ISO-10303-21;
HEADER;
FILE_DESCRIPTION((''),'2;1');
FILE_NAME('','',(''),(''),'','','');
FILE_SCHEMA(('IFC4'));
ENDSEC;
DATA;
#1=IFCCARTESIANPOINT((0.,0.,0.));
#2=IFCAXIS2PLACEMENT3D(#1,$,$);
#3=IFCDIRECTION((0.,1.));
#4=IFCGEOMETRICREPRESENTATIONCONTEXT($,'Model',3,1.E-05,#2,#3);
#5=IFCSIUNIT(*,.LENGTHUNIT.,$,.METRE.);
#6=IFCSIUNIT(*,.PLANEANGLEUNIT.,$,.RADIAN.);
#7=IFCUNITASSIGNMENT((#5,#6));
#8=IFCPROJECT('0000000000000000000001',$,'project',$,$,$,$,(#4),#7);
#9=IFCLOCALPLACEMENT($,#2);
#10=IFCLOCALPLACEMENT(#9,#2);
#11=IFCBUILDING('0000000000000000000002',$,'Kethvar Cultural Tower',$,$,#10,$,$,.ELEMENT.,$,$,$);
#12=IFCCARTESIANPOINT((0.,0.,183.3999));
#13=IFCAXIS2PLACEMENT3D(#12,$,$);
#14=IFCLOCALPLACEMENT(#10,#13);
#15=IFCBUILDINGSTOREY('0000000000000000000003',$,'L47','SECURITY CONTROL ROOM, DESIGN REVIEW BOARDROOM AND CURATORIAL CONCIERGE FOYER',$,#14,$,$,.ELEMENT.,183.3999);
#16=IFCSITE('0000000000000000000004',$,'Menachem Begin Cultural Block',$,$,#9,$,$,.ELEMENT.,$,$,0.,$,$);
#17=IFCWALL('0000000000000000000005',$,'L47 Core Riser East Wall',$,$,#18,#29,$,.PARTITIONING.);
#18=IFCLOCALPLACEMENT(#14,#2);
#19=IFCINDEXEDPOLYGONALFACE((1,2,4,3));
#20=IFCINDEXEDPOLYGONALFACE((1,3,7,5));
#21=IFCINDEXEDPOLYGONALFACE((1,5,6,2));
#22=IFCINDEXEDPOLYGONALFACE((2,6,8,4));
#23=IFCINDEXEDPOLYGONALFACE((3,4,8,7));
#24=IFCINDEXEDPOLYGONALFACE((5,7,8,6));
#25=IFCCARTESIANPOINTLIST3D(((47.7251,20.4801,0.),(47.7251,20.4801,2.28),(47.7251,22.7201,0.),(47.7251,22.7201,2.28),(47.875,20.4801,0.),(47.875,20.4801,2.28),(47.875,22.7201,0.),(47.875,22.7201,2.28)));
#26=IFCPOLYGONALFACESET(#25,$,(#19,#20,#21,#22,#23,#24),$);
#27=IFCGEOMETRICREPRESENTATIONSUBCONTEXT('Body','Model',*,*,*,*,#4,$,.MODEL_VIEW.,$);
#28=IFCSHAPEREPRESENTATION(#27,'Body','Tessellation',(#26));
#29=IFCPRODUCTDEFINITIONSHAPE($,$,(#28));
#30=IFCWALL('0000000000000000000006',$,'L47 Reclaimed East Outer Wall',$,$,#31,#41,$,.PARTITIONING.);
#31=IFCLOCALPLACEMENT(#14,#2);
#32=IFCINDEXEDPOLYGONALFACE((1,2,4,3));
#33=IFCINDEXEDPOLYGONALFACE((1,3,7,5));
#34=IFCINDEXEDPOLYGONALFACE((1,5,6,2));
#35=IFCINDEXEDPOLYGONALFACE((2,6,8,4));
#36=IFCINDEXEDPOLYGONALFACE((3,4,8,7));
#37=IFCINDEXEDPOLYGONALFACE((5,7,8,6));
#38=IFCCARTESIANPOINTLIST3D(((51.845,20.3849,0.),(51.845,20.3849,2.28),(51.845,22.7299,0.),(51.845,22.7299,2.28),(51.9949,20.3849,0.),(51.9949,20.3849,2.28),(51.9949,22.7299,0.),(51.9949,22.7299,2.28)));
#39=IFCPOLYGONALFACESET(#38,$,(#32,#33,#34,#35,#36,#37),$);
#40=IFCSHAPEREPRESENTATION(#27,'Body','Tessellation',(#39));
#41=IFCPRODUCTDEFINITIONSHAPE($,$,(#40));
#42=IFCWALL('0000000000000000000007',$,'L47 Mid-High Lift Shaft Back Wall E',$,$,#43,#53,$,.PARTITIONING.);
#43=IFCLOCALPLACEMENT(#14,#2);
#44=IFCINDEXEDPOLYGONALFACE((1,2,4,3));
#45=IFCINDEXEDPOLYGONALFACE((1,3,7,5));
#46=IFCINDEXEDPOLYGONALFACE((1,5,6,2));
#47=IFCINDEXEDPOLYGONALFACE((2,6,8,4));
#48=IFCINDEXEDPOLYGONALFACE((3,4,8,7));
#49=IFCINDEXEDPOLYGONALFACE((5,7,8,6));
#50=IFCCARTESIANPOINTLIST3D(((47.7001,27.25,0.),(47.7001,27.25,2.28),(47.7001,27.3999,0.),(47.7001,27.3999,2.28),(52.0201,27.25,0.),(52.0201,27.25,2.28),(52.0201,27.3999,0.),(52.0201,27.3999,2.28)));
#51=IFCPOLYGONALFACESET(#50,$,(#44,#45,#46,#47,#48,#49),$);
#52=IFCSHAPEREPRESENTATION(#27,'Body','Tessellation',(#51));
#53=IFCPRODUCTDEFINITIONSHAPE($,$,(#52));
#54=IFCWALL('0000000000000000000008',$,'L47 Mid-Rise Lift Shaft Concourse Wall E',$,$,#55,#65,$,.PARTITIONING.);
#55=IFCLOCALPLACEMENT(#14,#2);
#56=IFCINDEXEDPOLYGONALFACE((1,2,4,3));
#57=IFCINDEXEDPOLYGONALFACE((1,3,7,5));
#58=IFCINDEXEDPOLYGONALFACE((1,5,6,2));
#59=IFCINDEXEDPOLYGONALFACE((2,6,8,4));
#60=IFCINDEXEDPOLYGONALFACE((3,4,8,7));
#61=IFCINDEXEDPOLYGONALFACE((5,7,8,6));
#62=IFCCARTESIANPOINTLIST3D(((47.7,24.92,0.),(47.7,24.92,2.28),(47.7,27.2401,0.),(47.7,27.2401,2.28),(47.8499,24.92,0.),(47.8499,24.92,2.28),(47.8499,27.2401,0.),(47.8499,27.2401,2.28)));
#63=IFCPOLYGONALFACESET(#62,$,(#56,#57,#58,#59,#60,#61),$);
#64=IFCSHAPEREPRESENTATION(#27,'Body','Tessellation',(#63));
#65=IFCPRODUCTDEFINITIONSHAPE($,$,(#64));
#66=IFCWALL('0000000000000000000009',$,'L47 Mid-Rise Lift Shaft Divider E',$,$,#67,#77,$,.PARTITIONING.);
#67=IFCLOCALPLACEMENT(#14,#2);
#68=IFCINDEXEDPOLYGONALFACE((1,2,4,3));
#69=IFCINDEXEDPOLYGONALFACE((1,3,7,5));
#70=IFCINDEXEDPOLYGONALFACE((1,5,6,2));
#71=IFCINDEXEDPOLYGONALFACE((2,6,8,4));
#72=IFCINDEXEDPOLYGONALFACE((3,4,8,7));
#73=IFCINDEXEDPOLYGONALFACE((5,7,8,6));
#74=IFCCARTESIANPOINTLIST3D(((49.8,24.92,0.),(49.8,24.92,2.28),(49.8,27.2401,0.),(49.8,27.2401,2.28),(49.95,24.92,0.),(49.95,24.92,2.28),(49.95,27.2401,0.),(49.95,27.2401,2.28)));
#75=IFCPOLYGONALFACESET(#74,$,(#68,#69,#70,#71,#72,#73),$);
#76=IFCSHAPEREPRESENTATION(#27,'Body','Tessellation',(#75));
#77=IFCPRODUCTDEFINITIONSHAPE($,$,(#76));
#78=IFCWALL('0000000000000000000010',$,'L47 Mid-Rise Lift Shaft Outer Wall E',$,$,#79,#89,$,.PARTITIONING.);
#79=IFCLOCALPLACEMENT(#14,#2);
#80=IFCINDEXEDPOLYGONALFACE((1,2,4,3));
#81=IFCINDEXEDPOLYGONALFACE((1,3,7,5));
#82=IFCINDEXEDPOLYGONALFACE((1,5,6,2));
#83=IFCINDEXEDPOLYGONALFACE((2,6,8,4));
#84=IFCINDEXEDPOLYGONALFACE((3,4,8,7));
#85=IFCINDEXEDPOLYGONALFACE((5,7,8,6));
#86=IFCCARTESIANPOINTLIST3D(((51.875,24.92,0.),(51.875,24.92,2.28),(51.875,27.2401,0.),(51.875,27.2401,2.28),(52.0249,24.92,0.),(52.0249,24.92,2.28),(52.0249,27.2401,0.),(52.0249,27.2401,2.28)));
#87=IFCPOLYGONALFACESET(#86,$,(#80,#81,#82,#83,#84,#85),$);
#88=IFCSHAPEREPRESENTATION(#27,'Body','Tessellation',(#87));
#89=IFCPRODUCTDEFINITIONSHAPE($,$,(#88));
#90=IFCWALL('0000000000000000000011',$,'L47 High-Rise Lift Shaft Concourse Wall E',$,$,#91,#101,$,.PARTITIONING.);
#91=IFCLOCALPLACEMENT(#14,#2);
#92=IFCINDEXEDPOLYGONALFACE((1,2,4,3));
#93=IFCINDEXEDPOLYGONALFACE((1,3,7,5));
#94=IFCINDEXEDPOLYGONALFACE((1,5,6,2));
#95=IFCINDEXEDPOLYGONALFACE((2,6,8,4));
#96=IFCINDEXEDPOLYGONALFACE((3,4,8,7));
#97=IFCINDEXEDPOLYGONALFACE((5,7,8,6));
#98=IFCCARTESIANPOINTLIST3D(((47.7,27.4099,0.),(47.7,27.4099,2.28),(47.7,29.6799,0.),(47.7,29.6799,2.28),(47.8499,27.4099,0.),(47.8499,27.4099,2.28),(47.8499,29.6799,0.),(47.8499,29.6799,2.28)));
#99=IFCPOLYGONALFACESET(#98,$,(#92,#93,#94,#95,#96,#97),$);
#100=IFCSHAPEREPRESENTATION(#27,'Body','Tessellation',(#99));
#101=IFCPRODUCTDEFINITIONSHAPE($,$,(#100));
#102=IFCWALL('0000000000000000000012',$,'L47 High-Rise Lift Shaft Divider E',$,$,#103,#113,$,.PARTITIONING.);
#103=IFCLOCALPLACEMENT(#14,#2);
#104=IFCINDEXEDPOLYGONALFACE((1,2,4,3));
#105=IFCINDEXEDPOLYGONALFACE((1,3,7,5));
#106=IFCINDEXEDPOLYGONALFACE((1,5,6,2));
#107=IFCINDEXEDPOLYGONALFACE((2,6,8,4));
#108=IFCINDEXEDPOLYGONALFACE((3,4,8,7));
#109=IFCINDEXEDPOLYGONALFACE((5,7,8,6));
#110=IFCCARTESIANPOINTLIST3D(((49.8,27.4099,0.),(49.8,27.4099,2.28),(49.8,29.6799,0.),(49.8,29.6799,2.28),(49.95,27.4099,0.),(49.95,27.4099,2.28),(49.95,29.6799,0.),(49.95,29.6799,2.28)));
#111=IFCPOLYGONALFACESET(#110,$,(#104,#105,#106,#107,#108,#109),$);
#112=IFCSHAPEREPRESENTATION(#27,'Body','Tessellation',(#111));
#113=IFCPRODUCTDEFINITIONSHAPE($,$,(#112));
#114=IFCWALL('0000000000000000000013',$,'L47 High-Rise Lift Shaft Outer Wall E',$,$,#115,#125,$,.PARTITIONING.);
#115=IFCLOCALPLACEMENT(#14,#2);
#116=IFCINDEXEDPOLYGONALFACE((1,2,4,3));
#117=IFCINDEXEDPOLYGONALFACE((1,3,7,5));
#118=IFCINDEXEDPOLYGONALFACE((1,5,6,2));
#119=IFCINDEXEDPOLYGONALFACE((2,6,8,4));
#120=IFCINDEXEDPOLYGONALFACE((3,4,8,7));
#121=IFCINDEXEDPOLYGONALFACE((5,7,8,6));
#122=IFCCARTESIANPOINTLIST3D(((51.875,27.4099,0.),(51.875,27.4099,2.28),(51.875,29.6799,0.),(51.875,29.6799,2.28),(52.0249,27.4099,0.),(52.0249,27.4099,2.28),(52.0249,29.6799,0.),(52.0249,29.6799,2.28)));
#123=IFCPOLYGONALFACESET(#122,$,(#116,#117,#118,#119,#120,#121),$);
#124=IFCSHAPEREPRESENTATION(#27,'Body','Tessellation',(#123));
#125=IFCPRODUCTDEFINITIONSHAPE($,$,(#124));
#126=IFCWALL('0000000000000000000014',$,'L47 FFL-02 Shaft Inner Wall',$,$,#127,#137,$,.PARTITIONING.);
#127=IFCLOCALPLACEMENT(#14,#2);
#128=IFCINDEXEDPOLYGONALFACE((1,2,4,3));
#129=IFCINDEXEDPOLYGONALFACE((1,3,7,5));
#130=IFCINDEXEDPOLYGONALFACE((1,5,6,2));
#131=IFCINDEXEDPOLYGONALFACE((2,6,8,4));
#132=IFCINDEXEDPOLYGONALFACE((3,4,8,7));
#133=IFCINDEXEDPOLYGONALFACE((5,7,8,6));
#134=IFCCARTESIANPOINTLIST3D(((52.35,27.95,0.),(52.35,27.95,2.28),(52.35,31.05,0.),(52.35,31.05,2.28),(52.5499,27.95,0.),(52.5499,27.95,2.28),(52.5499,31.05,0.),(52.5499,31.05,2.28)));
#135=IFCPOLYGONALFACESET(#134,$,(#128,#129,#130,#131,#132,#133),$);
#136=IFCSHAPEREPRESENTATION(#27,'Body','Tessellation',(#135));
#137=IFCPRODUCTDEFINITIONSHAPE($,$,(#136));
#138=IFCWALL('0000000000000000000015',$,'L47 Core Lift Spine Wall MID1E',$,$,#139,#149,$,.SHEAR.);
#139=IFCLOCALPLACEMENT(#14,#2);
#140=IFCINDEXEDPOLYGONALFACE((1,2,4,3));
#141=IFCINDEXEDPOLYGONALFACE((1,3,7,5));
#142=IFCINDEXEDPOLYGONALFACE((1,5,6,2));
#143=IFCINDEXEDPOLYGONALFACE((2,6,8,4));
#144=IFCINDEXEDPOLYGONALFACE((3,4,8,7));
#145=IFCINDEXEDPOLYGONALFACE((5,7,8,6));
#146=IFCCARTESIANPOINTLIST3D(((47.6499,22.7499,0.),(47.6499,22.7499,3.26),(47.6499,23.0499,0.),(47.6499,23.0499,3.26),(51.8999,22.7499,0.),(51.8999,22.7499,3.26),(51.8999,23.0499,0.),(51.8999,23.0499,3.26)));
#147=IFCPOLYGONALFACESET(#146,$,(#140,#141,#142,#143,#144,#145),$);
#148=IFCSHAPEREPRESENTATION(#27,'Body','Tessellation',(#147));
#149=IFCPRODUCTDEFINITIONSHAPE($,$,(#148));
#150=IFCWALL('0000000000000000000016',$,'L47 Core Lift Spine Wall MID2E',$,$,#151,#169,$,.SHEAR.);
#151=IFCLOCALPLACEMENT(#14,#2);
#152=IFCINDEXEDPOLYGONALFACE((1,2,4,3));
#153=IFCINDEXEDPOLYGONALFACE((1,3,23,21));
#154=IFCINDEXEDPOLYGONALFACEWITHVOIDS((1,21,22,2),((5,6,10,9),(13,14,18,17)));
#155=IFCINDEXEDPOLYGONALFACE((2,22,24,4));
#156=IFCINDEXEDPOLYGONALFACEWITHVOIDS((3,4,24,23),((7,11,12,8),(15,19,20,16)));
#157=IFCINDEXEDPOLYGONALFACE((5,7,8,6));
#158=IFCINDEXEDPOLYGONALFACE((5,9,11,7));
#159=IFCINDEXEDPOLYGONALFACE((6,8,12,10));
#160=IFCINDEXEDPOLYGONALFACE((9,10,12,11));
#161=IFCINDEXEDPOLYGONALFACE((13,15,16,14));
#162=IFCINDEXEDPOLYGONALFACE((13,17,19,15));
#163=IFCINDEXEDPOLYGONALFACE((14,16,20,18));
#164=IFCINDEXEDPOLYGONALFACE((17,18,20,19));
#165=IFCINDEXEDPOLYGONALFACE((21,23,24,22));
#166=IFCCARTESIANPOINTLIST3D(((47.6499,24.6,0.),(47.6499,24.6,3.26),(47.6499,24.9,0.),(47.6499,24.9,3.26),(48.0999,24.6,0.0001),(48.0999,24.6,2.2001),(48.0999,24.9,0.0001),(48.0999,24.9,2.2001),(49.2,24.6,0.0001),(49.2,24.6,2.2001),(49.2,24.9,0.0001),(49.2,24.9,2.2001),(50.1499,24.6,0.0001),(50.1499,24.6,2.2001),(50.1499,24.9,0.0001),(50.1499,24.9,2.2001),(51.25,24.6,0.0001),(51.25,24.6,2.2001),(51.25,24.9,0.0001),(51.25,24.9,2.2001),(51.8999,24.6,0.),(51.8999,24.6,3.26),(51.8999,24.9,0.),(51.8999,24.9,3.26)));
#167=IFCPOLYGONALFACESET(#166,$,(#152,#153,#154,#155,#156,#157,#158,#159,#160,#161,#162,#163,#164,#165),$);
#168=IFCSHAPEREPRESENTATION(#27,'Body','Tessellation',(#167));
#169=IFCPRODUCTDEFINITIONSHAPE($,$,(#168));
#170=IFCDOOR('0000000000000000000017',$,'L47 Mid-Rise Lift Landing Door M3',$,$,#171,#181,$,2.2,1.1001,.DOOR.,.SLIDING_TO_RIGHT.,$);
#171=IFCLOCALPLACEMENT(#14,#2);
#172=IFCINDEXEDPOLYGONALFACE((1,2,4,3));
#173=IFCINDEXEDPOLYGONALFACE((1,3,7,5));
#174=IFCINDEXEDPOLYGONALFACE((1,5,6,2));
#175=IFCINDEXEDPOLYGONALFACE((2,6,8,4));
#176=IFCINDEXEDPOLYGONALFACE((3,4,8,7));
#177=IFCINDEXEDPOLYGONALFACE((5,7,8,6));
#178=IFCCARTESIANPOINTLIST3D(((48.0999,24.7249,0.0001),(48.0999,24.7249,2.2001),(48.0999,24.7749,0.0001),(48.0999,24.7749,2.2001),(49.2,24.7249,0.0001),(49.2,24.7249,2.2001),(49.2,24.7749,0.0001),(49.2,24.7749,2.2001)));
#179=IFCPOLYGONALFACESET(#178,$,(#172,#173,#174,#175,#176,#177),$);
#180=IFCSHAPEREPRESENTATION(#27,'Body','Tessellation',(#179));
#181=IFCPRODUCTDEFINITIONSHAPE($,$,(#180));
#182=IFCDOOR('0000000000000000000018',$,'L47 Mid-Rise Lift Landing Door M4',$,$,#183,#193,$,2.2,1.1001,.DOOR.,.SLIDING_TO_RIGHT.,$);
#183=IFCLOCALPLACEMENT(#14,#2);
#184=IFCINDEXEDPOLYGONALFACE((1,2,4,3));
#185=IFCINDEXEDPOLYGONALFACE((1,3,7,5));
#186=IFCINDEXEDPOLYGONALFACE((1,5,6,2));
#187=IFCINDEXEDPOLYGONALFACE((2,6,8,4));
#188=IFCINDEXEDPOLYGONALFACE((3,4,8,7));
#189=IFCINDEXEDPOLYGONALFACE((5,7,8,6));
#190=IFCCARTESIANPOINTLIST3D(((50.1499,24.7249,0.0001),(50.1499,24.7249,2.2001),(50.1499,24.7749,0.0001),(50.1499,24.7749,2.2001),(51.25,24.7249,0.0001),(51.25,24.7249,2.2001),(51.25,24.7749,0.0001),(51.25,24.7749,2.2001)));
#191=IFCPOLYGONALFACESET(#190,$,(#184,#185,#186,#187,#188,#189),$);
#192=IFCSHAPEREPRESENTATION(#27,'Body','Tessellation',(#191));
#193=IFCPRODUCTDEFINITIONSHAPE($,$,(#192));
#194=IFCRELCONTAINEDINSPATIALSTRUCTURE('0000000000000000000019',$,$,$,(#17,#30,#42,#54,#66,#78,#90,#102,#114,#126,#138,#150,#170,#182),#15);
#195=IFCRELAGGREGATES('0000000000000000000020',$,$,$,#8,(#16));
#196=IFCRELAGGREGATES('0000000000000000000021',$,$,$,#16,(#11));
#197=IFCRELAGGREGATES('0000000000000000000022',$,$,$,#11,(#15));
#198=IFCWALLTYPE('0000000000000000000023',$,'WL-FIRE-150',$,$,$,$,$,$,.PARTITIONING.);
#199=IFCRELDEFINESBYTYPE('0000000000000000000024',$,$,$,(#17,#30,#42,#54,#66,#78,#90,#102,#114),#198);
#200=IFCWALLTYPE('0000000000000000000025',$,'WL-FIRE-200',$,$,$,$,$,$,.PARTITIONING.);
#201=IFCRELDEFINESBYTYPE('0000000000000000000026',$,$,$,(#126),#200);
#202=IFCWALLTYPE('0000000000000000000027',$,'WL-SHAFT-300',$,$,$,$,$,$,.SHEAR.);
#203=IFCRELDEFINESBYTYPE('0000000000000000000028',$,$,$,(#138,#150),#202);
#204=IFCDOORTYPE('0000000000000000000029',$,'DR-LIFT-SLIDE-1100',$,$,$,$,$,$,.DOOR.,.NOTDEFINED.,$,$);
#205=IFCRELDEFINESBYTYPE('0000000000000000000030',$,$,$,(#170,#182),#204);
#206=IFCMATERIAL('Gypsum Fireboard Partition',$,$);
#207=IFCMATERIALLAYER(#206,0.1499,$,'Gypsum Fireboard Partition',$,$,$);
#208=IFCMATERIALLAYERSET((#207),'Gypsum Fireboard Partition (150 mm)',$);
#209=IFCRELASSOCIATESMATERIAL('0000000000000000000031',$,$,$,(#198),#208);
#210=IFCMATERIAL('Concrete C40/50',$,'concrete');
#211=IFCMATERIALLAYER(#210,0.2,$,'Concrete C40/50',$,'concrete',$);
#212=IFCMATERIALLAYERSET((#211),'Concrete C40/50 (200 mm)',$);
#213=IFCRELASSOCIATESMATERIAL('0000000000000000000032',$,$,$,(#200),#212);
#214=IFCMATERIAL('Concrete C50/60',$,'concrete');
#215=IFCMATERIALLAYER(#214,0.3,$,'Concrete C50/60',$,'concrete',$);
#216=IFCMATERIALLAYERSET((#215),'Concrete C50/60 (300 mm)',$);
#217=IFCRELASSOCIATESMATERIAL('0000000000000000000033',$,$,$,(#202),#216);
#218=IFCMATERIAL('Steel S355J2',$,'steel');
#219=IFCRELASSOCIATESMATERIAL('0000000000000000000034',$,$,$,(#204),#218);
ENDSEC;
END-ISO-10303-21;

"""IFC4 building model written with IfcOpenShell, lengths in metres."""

from ifc_helpers import new_model, si_unit, direction, frame, frame_2d, origin, place, context, subcontext, project, spatial, rectangle, extrude, source, transform, mapped, material, layer, layer_set, type_object, element, fill, save


model = new_model("IFC4")

# Units and contexts
model_context = context("Model", 3, precision=1e-05, world=origin(), true_north=direction((0.0, 1.0)))
body_context = subcontext(model_context, "Body", "Model", "MODEL_VIEW")
ifc_project = project(units=[si_unit("LENGTHUNIT", "METRE"), si_unit("PLANEANGLEUNIT", "RADIAN")], contexts=[model_context])

# Site, building, storey
site_placement = place(None, origin())
site = spatial("IfcSite", under=ifc_project, at=site_placement, Name="Menachem Begin Cultural Block", CompositionType="ELEMENT", RefElevation=0.0)
building_placement = place(site_placement, origin())
building = spatial("IfcBuilding", under=site, at=building_placement, Name="Kethvar Cultural Tower", CompositionType="ELEMENT")
storey_placement = place(building_placement, frame((0.0, 0.0, 183.3999)))
storey = spatial("IfcBuildingStorey", under=building, at=storey_placement, Name="L47", Description="SECURITY CONTROL ROOM, DESIGN REVIEW BOARDROOM AND CURATORIAL CONCIERGE FOYER", CompositionType="ELEMENT", Elevation=183.3999)

# Shared definitions
ifc_material_1 = material(Name="Steel S355J2", Category="steel")

# Walls
ifc_material_2 = material(Name="Gypsum Fireboard Partition")
ifc_layer_1 = layer(ifc_material_2, 0.1499, Name="Gypsum Fireboard Partition")
ifc_layer_set_1 = layer_set([ifc_layer_1], Name="Gypsum Fireboard Partition (150 mm)")
wall_type_1 = type_object("IfcWallType", Name="WL-FIRE-150", PredefinedType="PARTITIONING", material=ifc_layer_set_1)
wall_1_placement = place(storey_placement, frame((47.8, 20.48, 0.0), z_axis=(0.0, 0.0, 1.0), x_axis=(0.0, 1.0, 0.0)))
element("IfcWall", 1, at=wall_1_placement, inside=storey, type_object=wall_type_1, Name="L47 Core Riser East Wall", PredefinedType="PARTITIONING", context=body_context, shape_type="SweptSolid", body=[
    extrude(rectangle(XDim=2.24, YDim=0.1499, at=frame_2d((1.1201, 0.0))), origin(), (0.0, 0.0, 1.0), 2.28),
])
wall_2_placement = place(storey_placement, frame((51.9199, 20.385, 0.0), z_axis=(0.0, 0.0, 1.0), x_axis=(0.0, 1.0, 0.0)))
element("IfcWall", 2, at=wall_2_placement, inside=storey, type_object=wall_type_1, Name="L47 Reclaimed East Outer Wall", PredefinedType="PARTITIONING", context=body_context, shape_type="SweptSolid", body=[
    extrude(rectangle(XDim=2.345, YDim=0.1499, at=frame_2d((1.1724, 0.0))), origin(), (0.0, 0.0, 1.0), 2.28),
])
wall_3_placement = place(storey_placement, frame((47.7, 27.325, 0.0), z_axis=(0.0, 0.0, 1.0), x_axis=(1.0, 0.0, 0.0)))
element("IfcWall", 3, at=wall_3_placement, inside=storey, type_object=wall_type_1, Name="L47 Mid-High Lift Shaft Back Wall E", PredefinedType="PARTITIONING", context=body_context, shape_type="SweptSolid", body=[
    extrude(rectangle(XDim=4.3201, YDim=0.1499, at=frame_2d((2.1602, 0.0))), origin(), (0.0, 0.0, 1.0), 2.28),
])
for number, where, z_axis, x_axis, name in (
    (4, (47.7749, 24.9199, 0.0), (0.0, 0.0, 1.0), (0.0, 1.0, 0.0), "L47 Mid-Rise Lift Shaft Concourse Wall E"),
    (5, (49.875, 24.9199, 0.0), (0.0, 0.0, 1.0), (0.0, 1.0, 0.0), "L47 Mid-Rise Lift Shaft Divider E"),
    (6, (51.95, 24.9199, 0.0), (0.0, 0.0, 1.0), (0.0, 1.0, 0.0), "L47 Mid-Rise Lift Shaft Outer Wall E"),
):
    element("IfcWall", number, at=place(storey_placement, frame(where, z_axis=z_axis, x_axis=x_axis)), inside=storey, type_object=wall_type_1, Name=name, PredefinedType="PARTITIONING", context=body_context, shape_type="SweptSolid", body=[
        extrude(rectangle(XDim=2.3201, YDim=0.1499, at=frame_2d((1.1602, 0.0))), origin(), (0.0, 0.0, 1.0), 2.28),
    ])
for number, where, z_axis, x_axis, name in (
    (7, (47.7749, 27.4099, 0.0), (0.0, 0.0, 1.0), (0.0, 1.0, 0.0), "L47 High-Rise Lift Shaft Concourse Wall E"),
    (8, (49.875, 27.4099, 0.0), (0.0, 0.0, 1.0), (0.0, 1.0, 0.0), "L47 High-Rise Lift Shaft Divider E"),
    (9, (51.95, 27.4099, 0.0), (0.0, 0.0, 1.0), (0.0, 1.0, 0.0), "L47 High-Rise Lift Shaft Outer Wall E"),
):
    element("IfcWall", number, at=place(storey_placement, frame(where, z_axis=z_axis, x_axis=x_axis)), inside=storey, type_object=wall_type_1, Name=name, PredefinedType="PARTITIONING", context=body_context, shape_type="SweptSolid", body=[
        extrude(rectangle(XDim=2.27, YDim=0.1499, at=frame_2d((1.135, 0.0))), origin(), (0.0, 0.0, 1.0), 2.28),
    ])
ifc_material_3 = material(Name="Concrete C40/50", Category="concrete")
ifc_layer_2 = layer(ifc_material_3, 0.2, Name="Concrete C40/50", Category="concrete")
ifc_layer_set_2 = layer_set([ifc_layer_2], Name="Concrete C40/50 (200 mm)")
wall_type_2 = type_object("IfcWallType", Name="WL-FIRE-200", PredefinedType="PARTITIONING", material=ifc_layer_set_2)
wall_4_placement = place(storey_placement, frame((52.45, 27.95, 0.0), z_axis=(0.0, 0.0, 1.0), x_axis=(0.0, 1.0, 0.0)))
element("IfcWall", 10, at=wall_4_placement, inside=storey, type_object=wall_type_2, Name="L47 FFL-02 Shaft Inner Wall", PredefinedType="PARTITIONING", context=body_context, shape_type="SweptSolid", body=[
    extrude(rectangle(XDim=3.1001, YDim=0.2, at=frame_2d((1.55, 0.0))), origin(), (0.0, 0.0, 1.0), 2.28),
])
ifc_material_4 = material(Name="Concrete C50/60", Category="concrete")
ifc_layer_3 = layer(ifc_material_4, 0.3, Name="Concrete C50/60", Category="concrete")
ifc_layer_set_3 = layer_set([ifc_layer_3], Name="Concrete C50/60 (300 mm)")
wall_type_3 = type_object("IfcWallType", Name="WL-SHAFT-300", PredefinedType="SHEAR", material=ifc_layer_set_3)
wall_5_placement = place(storey_placement, frame((47.6499, 22.8999, 0.0), z_axis=(0.0, 0.0, 1.0), x_axis=(1.0, 0.0, 0.0)))
element("IfcWall", 11, at=wall_5_placement, inside=storey, type_object=wall_type_3, Name="L47 Core Lift Spine Wall MID1E", PredefinedType="SHEAR", context=body_context, shape_type="SweptSolid", body=[
    extrude(rectangle(XDim=4.25, YDim=0.3, at=frame_2d((2.125, 0.0))), origin(), (0.0, 0.0, 1.0), 3.26),
])

# Wall, openings, doors
wall_6_placement = place(storey_placement, frame((47.6499, 24.75, 0.0), z_axis=(0.0, 0.0, 1.0), x_axis=(1.0, 0.0, 0.0)))
wall_6 = element("IfcWall", 12, at=wall_6_placement, inside=storey, type_object=wall_type_3, Name="L47 Core Lift Spine Wall MID2E", PredefinedType="SHEAR", context=body_context, shape_type="SweptSolid", body=[
    extrude(rectangle(XDim=4.25, YDim=0.3, at=frame_2d((2.125, 0.0))), origin(), (0.0, 0.0, 1.0), 3.26),
])
opening_1_placement = place(wall_6_placement, frame((0.45, 0.0, 0.0)))
opening_1 = element("IfcOpeningElement", 13, at=opening_1_placement, cuts=wall_6, PredefinedType="OPENING", context=body_context, shape_type="SweptSolid", body=[
    extrude(rectangle(XDim=1.1001, YDim=2.2, at=frame_2d((0.55, 1.1001))), frame((0.0, 0.1599, 0.0), z_axis=(0.0, -1.0, 0.0), x_axis=(1.0, 0.0, 0.0)), (0.0, 0.0, 1.0), 0.3201),
])
opening_2_placement = place(wall_6_placement, frame((2.5, 0.0, 0.0)))
opening_2 = element("IfcOpeningElement", 14, at=opening_2_placement, cuts=wall_6, PredefinedType="OPENING", context=body_context, shape_type="SweptSolid", body=[
    extrude(rectangle(XDim=1.1001, YDim=2.2, at=frame_2d((0.55, 1.1001))), frame((0.0, 0.1599, 0.0), z_axis=(0.0, -1.0, 0.0), x_axis=(1.0, 0.0, 0.0)), (0.0, 0.0, 1.0), 0.3201),
])
door_type = type_object("IfcDoorType", Name="DR-LIFT-SLIDE-1100", OperationType="NOTDEFINED", PredefinedType="DOOR", material=ifc_material_1)
shared_shape_1 = source(origin(), body_context, "Body", "SweptSolid", [
    extrude(rectangle(XDim=1.1001, YDim=2.2, at=frame_2d((0.55, 1.1001))), frame((0.0, 0.0249, 0.0), z_axis=(0.0, -1.0, 0.0), x_axis=(1.0, 0.0, 0.0)), (0.0, 0.0, 1.0), 0.05),
])
door_1_placement = place(opening_1_placement, origin())
door_1 = element("IfcDoor", 15, at=door_1_placement, inside=storey, type_object=door_type, Name="L47 Mid-Rise Lift Landing Door M3", OperationType="SLIDING_TO_RIGHT", OverallHeight=2.2, OverallWidth=1.1001, PredefinedType="DOOR", context=body_context, shape_type="MappedRepresentation", body=[
    mapped(shared_shape_1, transform((0.0, 0.0, 0.0), scale=1.0)),
])
fill(opening_1, door_1)
door_2_placement = place(opening_2_placement, origin())
door_2 = element("IfcDoor", 16, at=door_2_placement, inside=storey, type_object=door_type, Name="L47 Mid-Rise Lift Landing Door M4", OperationType="SLIDING_TO_RIGHT", OverallHeight=2.2, OverallWidth=1.1001, PredefinedType="DOOR", context=body_context, shape_type="MappedRepresentation", body=[
    mapped(shared_shape_1, transform((0.0, 0.0, 0.0), scale=1.0)),
])
fill(opening_2, door_2)

save(model, "model.ifc")
